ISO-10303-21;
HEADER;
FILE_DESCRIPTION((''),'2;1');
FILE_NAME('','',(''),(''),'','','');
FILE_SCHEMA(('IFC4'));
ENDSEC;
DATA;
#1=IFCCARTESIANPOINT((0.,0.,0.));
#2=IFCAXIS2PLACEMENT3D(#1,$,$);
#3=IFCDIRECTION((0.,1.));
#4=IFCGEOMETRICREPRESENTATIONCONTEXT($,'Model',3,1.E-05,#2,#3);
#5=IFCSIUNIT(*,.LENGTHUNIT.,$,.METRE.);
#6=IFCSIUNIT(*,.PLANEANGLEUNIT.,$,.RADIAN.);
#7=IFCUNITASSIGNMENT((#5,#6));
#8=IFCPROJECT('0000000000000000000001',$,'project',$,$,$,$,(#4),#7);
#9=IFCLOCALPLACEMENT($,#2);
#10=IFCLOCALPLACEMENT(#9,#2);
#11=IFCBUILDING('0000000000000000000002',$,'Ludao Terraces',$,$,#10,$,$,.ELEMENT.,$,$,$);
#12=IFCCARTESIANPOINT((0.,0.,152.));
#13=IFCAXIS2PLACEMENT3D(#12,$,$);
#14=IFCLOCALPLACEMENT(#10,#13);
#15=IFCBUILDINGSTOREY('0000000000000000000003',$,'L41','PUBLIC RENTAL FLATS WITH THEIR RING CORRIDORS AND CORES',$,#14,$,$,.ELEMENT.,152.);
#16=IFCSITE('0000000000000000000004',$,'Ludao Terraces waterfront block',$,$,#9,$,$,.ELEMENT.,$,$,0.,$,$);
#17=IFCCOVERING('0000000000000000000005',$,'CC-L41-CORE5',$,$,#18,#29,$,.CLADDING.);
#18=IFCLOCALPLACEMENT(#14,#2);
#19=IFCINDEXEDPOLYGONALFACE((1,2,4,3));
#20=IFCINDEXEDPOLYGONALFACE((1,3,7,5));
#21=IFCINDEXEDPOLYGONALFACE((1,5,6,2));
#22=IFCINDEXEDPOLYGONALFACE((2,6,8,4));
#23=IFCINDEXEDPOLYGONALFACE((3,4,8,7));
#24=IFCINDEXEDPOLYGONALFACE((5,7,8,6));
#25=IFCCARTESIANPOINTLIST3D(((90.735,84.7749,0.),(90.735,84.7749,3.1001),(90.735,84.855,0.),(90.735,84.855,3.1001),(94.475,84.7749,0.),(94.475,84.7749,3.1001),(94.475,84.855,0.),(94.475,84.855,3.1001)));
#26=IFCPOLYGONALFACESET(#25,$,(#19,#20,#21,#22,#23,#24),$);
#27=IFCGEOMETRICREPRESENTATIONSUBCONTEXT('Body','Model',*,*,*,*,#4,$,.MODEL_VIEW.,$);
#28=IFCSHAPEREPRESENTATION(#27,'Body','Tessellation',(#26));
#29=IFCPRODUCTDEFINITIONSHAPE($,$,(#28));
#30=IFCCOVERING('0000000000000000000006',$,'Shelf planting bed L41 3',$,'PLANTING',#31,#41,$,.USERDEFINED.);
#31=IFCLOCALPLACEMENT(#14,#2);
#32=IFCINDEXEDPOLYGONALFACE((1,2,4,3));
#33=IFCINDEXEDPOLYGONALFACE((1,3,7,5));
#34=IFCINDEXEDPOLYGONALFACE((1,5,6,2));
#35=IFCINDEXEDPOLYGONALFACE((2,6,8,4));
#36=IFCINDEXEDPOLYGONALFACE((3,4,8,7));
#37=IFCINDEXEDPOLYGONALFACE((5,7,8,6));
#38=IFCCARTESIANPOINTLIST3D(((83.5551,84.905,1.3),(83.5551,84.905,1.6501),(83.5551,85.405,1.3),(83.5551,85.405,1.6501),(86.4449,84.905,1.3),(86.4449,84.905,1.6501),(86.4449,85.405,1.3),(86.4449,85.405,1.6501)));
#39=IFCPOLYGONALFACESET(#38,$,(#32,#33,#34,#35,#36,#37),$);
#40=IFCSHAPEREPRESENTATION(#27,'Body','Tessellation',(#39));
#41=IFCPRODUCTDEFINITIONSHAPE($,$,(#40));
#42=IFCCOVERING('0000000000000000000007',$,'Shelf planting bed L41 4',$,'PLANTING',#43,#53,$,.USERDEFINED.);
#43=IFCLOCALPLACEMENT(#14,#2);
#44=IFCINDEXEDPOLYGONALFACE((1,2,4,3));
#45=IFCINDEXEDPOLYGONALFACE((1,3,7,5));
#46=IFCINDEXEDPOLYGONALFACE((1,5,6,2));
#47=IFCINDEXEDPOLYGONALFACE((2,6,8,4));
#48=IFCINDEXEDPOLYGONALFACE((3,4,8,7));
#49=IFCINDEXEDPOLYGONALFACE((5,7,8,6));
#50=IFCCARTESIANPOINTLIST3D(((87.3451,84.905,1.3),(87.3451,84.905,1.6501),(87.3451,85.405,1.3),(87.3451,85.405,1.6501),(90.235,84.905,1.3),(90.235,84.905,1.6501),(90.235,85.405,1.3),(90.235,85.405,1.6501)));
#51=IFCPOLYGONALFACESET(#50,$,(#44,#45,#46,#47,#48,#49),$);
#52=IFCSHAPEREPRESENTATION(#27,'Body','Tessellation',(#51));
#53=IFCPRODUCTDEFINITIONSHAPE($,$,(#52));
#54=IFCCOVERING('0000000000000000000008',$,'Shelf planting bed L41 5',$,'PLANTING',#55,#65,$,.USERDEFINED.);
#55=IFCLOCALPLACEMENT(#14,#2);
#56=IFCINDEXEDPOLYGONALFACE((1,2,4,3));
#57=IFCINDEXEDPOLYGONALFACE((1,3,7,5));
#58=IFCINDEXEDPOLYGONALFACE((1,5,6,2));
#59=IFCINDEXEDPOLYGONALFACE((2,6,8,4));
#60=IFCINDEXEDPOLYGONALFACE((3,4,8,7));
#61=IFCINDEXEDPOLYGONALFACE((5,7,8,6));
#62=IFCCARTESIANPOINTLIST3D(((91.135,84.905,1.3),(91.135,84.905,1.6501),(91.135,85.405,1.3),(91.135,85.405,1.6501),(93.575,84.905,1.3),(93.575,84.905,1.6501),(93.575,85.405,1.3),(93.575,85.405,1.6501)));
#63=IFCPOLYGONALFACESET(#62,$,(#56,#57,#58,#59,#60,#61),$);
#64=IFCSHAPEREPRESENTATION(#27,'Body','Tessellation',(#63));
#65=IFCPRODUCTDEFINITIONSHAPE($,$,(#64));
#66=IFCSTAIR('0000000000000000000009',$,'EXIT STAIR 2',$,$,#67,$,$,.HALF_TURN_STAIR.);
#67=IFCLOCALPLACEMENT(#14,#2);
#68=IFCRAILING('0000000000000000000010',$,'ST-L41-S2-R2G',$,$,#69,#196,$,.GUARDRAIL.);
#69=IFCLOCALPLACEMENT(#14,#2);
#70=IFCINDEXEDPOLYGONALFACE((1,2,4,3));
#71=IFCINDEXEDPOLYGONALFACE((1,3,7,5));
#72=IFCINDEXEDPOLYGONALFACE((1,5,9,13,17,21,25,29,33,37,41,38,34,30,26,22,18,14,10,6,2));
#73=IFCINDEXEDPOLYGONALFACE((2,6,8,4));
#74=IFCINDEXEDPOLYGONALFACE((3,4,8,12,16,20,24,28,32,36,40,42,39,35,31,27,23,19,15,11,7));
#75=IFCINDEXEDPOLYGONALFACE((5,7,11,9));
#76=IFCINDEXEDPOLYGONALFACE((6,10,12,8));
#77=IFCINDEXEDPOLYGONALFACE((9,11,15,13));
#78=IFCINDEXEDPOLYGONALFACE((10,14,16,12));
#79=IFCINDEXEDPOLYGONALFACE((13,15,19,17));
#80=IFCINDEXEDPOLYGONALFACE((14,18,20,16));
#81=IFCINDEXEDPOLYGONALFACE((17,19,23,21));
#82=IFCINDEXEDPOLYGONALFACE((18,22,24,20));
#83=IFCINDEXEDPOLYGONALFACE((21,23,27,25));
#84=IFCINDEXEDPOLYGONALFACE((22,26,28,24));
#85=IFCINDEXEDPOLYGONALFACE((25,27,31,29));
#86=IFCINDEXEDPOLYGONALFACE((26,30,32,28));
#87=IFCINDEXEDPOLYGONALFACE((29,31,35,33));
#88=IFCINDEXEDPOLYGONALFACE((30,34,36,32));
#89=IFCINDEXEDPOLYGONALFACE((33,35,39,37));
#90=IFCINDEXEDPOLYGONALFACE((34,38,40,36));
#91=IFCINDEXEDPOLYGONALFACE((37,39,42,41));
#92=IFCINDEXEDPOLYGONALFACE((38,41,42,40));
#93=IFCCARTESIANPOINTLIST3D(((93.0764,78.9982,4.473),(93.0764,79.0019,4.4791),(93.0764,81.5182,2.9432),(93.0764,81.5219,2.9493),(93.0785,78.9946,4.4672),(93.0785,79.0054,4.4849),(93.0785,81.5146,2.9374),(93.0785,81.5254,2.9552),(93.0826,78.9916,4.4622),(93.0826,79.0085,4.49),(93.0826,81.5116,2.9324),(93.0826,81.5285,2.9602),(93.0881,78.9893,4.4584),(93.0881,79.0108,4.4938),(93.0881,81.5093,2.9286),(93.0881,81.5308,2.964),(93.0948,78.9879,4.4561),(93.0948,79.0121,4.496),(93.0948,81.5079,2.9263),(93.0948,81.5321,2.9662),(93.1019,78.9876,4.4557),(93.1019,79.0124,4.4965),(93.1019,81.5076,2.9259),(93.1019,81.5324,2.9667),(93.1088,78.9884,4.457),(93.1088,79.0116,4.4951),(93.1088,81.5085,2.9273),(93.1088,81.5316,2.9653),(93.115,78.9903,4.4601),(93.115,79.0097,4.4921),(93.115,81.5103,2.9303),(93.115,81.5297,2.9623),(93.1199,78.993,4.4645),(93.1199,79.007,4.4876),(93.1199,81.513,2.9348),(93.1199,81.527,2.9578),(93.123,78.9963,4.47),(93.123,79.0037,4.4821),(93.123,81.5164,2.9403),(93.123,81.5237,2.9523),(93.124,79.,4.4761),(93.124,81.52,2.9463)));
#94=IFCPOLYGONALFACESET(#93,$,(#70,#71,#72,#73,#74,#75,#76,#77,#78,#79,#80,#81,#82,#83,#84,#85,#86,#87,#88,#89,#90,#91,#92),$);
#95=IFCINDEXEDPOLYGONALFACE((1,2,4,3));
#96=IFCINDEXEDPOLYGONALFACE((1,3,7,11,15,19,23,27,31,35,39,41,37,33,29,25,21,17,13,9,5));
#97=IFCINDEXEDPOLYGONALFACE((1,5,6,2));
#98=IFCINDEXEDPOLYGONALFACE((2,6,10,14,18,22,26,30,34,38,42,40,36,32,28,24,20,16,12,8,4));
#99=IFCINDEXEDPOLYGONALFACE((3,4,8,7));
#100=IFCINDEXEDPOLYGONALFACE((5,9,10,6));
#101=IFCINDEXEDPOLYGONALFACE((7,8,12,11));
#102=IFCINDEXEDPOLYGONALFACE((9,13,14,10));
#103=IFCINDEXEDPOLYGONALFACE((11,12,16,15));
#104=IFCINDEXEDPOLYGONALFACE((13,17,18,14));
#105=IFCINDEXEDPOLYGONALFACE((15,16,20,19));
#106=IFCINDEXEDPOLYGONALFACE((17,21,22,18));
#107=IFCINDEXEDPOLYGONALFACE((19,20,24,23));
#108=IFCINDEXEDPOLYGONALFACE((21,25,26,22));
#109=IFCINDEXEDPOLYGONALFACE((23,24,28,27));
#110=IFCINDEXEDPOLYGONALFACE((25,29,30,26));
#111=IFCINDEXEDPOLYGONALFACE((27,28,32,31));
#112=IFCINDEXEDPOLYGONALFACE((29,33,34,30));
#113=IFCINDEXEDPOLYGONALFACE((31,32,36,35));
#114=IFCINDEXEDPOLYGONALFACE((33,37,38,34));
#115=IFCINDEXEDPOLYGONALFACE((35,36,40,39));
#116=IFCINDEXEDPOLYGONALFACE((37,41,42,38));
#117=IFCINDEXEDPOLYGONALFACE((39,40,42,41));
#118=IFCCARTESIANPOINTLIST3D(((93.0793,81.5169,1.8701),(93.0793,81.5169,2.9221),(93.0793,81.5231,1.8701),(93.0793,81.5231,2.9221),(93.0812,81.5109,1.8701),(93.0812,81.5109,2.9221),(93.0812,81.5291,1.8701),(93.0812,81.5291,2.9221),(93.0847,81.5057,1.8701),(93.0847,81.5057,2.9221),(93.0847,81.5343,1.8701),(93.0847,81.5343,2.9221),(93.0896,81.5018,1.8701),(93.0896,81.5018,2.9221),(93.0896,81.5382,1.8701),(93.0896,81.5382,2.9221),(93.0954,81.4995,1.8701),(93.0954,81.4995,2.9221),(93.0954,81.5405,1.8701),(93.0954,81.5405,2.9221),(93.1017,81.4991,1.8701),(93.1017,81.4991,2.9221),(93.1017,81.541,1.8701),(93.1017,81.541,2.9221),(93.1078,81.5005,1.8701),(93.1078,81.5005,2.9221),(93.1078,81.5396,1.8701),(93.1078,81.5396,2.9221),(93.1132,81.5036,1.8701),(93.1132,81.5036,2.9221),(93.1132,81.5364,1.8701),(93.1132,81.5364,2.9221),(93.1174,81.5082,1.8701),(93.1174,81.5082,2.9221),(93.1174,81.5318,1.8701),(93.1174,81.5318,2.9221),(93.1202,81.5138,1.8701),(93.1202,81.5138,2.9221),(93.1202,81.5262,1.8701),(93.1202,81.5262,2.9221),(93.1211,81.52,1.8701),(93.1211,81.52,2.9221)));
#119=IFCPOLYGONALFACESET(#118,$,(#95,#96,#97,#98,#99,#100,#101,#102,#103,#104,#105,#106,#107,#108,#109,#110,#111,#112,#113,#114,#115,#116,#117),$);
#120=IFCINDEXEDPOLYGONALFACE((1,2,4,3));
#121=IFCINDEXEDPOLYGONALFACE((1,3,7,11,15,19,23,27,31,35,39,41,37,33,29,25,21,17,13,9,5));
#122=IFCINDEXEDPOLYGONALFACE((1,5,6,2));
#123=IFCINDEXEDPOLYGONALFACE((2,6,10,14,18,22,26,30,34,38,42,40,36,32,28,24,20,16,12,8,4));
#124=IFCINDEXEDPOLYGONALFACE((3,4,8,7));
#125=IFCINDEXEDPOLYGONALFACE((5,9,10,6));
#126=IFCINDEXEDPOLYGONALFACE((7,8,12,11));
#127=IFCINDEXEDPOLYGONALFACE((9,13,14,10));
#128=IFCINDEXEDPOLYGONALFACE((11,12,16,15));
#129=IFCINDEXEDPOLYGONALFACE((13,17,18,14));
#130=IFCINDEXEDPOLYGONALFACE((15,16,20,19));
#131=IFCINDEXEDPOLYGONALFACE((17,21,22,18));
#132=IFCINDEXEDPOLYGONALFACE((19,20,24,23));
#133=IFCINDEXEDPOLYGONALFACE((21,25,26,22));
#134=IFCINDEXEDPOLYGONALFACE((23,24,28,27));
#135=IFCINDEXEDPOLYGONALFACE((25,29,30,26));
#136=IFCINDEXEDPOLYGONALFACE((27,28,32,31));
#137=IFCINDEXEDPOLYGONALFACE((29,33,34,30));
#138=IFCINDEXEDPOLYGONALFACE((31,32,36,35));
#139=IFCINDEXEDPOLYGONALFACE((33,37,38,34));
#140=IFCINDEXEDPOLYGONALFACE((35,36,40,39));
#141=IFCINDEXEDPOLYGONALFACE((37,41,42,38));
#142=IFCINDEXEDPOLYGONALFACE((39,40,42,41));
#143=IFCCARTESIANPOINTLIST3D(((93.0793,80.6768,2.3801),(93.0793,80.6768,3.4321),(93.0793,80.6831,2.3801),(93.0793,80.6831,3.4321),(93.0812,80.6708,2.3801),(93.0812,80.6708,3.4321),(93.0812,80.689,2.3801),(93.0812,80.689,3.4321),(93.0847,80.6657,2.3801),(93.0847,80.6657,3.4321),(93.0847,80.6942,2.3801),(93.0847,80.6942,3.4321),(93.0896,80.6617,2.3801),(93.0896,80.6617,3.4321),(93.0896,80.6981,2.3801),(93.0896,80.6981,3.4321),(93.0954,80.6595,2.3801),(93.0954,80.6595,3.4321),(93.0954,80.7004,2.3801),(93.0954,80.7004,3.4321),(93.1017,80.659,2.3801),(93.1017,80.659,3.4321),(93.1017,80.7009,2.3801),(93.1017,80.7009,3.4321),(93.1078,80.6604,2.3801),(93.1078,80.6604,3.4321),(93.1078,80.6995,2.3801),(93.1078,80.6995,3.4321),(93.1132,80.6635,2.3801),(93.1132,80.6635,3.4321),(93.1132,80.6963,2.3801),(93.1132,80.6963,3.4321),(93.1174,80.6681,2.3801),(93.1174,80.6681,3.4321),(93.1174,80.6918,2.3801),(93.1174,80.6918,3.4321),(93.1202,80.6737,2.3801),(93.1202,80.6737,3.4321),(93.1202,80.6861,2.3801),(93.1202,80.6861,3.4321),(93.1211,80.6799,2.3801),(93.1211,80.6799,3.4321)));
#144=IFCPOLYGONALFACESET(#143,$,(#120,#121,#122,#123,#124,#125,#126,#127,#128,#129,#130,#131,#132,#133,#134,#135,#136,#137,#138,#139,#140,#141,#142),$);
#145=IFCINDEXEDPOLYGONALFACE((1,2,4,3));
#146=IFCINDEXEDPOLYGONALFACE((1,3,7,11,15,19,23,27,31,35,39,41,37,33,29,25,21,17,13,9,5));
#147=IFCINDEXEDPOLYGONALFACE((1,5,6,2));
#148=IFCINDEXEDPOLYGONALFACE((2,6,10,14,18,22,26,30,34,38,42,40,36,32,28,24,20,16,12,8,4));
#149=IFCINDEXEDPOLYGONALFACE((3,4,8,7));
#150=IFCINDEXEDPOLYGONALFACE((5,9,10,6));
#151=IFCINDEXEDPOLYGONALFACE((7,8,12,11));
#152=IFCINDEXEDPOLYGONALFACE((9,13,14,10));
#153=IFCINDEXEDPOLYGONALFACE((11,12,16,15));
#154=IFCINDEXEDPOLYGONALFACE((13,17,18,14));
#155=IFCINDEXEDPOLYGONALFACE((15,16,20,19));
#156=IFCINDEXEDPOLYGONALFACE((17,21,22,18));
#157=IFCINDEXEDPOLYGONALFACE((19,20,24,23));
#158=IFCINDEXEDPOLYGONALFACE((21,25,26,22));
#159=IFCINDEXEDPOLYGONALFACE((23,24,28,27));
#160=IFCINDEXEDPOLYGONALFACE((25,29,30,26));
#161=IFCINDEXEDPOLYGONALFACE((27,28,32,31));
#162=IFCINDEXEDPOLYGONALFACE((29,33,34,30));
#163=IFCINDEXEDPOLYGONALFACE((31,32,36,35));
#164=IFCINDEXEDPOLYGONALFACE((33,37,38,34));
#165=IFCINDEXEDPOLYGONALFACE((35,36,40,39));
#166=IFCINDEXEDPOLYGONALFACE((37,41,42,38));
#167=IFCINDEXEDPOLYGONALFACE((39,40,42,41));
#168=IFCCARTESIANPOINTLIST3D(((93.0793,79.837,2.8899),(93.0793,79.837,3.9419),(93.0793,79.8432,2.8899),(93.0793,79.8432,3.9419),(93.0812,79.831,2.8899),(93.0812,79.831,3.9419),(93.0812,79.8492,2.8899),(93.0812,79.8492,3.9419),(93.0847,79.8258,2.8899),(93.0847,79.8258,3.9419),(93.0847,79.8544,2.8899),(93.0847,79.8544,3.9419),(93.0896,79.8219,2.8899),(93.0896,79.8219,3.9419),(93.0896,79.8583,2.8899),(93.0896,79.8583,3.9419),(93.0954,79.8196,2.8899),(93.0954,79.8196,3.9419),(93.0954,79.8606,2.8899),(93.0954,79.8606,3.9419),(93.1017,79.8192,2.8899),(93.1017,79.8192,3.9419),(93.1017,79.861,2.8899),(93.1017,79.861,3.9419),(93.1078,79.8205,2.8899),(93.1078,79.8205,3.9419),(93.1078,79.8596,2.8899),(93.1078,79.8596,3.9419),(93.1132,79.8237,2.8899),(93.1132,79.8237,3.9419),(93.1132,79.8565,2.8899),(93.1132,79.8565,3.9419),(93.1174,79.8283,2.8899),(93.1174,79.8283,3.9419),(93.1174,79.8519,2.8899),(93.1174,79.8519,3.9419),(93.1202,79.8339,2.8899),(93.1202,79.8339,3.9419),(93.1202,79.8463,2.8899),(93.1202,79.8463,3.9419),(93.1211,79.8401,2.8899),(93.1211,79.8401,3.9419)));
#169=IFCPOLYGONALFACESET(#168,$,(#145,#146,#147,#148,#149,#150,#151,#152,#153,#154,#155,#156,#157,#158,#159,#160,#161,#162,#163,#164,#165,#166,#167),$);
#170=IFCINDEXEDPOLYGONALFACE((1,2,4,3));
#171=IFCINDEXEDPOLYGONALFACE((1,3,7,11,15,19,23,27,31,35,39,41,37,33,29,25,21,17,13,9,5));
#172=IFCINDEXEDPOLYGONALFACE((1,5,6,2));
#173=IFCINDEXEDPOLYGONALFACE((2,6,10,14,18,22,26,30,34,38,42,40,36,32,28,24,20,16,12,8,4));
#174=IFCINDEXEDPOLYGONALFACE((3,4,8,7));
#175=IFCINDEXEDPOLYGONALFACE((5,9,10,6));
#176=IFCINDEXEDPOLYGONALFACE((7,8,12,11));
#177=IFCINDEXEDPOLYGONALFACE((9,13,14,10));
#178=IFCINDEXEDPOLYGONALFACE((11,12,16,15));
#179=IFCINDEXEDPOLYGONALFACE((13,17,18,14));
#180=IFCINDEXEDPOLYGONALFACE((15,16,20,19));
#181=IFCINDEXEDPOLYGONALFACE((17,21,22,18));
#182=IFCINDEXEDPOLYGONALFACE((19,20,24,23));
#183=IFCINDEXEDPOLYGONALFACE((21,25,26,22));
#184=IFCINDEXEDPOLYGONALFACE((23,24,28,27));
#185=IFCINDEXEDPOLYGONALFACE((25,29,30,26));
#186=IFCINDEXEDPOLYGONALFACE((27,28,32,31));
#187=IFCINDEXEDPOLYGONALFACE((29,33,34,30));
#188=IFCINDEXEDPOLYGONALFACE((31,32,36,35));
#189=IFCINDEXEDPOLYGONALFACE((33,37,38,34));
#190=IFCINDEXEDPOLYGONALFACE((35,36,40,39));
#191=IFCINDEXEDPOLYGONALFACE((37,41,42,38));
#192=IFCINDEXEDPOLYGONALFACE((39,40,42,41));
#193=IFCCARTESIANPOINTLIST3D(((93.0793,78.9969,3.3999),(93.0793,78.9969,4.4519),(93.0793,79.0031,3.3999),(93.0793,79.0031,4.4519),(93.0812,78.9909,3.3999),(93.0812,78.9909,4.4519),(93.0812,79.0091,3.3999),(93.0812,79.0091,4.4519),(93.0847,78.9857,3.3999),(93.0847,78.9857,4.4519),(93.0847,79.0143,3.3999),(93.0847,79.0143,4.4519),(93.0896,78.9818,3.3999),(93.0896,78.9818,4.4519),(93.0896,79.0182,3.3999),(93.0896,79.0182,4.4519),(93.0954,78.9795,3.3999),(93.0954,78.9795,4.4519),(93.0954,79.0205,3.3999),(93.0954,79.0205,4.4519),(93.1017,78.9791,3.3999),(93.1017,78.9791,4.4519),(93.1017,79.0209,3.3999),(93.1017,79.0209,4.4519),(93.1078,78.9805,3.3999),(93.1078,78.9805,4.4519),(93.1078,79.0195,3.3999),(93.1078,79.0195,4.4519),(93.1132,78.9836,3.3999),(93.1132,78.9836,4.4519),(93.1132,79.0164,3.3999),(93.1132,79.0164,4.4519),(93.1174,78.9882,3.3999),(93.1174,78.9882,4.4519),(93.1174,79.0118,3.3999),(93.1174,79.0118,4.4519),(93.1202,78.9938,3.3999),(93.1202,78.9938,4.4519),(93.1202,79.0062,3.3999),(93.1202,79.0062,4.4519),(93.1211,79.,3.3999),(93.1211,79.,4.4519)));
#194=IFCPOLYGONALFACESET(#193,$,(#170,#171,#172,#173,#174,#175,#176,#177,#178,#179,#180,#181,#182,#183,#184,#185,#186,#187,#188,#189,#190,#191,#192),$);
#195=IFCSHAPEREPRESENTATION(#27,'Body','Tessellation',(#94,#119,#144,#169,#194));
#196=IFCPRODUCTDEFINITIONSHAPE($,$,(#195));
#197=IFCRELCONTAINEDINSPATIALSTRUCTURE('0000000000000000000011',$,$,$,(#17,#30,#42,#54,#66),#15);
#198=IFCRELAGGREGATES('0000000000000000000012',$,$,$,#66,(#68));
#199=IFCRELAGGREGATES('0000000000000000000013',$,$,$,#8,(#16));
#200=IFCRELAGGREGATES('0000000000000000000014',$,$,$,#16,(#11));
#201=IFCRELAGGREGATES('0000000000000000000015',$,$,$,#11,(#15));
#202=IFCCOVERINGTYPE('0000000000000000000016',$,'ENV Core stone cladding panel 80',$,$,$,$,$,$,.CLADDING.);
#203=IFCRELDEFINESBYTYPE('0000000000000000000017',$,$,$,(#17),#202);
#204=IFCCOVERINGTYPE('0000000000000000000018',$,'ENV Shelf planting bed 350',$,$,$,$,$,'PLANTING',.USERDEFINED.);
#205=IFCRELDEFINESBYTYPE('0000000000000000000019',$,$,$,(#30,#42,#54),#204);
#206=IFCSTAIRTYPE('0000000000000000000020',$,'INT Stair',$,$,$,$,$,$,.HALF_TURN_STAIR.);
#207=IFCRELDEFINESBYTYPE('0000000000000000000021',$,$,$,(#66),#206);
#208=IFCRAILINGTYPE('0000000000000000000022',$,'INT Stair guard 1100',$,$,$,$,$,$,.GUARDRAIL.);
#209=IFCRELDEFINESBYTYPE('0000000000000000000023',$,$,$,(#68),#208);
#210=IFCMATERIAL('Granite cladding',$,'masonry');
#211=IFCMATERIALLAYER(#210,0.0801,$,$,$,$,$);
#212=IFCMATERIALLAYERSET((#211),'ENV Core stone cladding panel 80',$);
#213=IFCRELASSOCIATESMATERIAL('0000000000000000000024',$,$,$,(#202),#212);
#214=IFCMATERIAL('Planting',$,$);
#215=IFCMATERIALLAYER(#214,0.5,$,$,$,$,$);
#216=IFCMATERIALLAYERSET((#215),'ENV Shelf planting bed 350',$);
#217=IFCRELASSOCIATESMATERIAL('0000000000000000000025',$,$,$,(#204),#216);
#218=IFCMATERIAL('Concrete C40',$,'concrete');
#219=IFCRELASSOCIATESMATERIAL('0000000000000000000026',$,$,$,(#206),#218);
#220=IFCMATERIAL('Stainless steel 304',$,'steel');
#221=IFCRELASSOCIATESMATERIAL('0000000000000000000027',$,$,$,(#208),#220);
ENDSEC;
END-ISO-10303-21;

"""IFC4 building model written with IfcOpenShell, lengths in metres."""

from ifc_helpers import new_model, si_unit, direction, frame, origin, origin_2d, place, context, subcontext, project, spatial, rectangle, circle, extrude, material, layer, layer_set, type_object, element, aggregate, save


model = new_model("IFC4")

# Units and contexts
model_context = context("Model", 3, precision=1e-05, world=origin(), true_north=direction((0.0, 1.0)))
body_context = subcontext(model_context, "Body", "Model", "MODEL_VIEW")
ifc_project = project(units=[si_unit("LENGTHUNIT", "METRE"), si_unit("PLANEANGLEUNIT", "RADIAN")], contexts=[model_context])

# Site, building, storey
site_placement = place(None, origin())
site = spatial("IfcSite", under=ifc_project, at=site_placement, Name="Ludao Terraces waterfront block", CompositionType="ELEMENT", RefElevation=0.0)
building_placement = place(site_placement, origin())
building = spatial("IfcBuilding", under=site, at=building_placement, Name="Ludao Terraces", CompositionType="ELEMENT")
storey_placement = place(building_placement, frame((0.0, 0.0, 152.0)))
storey = spatial("IfcBuildingStorey", under=building, at=storey_placement, Name="L41", Description="PUBLIC RENTAL FLATS WITH THEIR RING CORRIDORS AND CORES", CompositionType="ELEMENT", Elevation=152.0)

# Shared definitions
ifc_material_1 = material(Name="Stainless steel 304", Category="steel")

# Coverings
ifc_material_2 = material(Name="Granite cladding", Category="masonry")
ifc_layer_1 = layer(ifc_material_2, 0.0801)
ifc_layer_set_1 = layer_set([ifc_layer_1], Name="ENV Core stone cladding panel 80")
covering_type_1 = type_object("IfcCoveringType", Name="ENV Core stone cladding panel 80", PredefinedType="CLADDING", material=ifc_layer_set_1)
covering_1_placement = place(storey_placement, frame((92.605, 84.8149, 0.0), z_axis=(0.0, 0.0, 1.0), x_axis=(1.0, 0.0, 0.0)))
element("IfcCovering", 1, at=covering_1_placement, inside=storey, type_object=covering_type_1, Name="CC-L41-CORE5", PredefinedType="CLADDING", context=body_context, shape_type="SweptSolid", body=[
    extrude(rectangle(XDim=3.74, YDim=0.0801, at=origin_2d()), origin(), (0.0, 0.0, 1.0), 3.1001),
])
ifc_material_3 = material(Name="Planting")
ifc_layer_2 = layer(ifc_material_3, 0.5)
ifc_layer_set_2 = layer_set([ifc_layer_2], Name="ENV Shelf planting bed 350")
covering_type_2 = type_object("IfcCoveringType", Name="ENV Shelf planting bed 350", ElementType="PLANTING", PredefinedType="USERDEFINED", material=ifc_layer_set_2)
for number, where, z_axis, x_axis, name in (
    (2, (85.0, 85.155, 1.3), (0.0, 0.0, 1.0), (1.0, 0.0, 0.0), "Shelf planting bed L41 3"),
    (3, (88.79, 85.155, 1.3), (0.0, 0.0, 1.0), (1.0, 0.0, 0.0), "Shelf planting bed L41 4"),
):
    element("IfcCovering", number, at=place(storey_placement, frame(where, z_axis=z_axis, x_axis=x_axis)), inside=storey, type_object=covering_type_2, Name=name, ObjectType="PLANTING", PredefinedType="USERDEFINED", context=body_context, shape_type="SweptSolid", body=[
        extrude(rectangle(XDim=2.8899, YDim=0.5, at=origin_2d()), origin(), (0.0, 0.0, 1.0), 0.3501),
    ])
covering_2_placement = place(storey_placement, frame((92.355, 85.155, 1.3), z_axis=(0.0, 0.0, 1.0), x_axis=(1.0, 0.0, 0.0)))
element("IfcCovering", 4, at=covering_2_placement, inside=storey, type_object=covering_type_2, Name="Shelf planting bed L41 5", ObjectType="PLANTING", PredefinedType="USERDEFINED", context=body_context, shape_type="SweptSolid", body=[
    extrude(rectangle(XDim=2.4399, YDim=0.5, at=origin_2d()), origin(), (0.0, 0.0, 1.0), 0.3501),
])

# Stair, railing
ifc_material_4 = material(Name="Concrete C40", Category="concrete")
stair_type = type_object("IfcStairType", Name="INT Stair", PredefinedType="HALF_TURN_STAIR", material=ifc_material_4)
stair_placement = place(storey_placement, origin())
stair = element("IfcStair", 5, at=stair_placement, inside=storey, type_object=stair_type, Name="EXIT STAIR 2", PredefinedType="HALF_TURN_STAIR")
railing_type_1 = type_object("IfcRailingType", Name="INT Stair guard 1100", PredefinedType="GUARDRAIL", material=ifc_material_1)
railing_1_placement = place(storey_placement, frame((93.1001, 81.52, 1.8701)))
railing_1 = element("IfcRailing", 6, at=railing_1_placement, type_object=railing_type_1, Name="ST-L41-S2-R2G", PredefinedType="GUARDRAIL", context=body_context, shape_type="SweptSolid", body=[
    extrude(circle(Radius=0.0239, at=origin_2d()), frame((0.0, 0.0, 1.0762), z_axis=(0.0, -0.854822, 0.518922), x_axis=(1.0, 0.0, 0.0)), (0.0, 0.0, 1.0), 2.948),
    extrude(circle(Radius=0.021, at=origin_2d()), origin(), (0.0, 0.0, 1.0), 1.052),
    extrude(circle(Radius=0.021, at=origin_2d()), frame((0.0, -0.8401, 0.51)), (0.0, 0.0, 1.0), 1.052),
    extrude(circle(Radius=0.021, at=origin_2d()), frame((0.0, -1.6799, 1.0198)), (0.0, 0.0, 1.0), 1.052),
    extrude(circle(Radius=0.021, at=origin_2d()), frame((0.0, -2.52, 1.5298)), (0.0, 0.0, 1.0), 1.052),
])
aggregate(stair, [railing_1])

save(model, "model.ifc")
